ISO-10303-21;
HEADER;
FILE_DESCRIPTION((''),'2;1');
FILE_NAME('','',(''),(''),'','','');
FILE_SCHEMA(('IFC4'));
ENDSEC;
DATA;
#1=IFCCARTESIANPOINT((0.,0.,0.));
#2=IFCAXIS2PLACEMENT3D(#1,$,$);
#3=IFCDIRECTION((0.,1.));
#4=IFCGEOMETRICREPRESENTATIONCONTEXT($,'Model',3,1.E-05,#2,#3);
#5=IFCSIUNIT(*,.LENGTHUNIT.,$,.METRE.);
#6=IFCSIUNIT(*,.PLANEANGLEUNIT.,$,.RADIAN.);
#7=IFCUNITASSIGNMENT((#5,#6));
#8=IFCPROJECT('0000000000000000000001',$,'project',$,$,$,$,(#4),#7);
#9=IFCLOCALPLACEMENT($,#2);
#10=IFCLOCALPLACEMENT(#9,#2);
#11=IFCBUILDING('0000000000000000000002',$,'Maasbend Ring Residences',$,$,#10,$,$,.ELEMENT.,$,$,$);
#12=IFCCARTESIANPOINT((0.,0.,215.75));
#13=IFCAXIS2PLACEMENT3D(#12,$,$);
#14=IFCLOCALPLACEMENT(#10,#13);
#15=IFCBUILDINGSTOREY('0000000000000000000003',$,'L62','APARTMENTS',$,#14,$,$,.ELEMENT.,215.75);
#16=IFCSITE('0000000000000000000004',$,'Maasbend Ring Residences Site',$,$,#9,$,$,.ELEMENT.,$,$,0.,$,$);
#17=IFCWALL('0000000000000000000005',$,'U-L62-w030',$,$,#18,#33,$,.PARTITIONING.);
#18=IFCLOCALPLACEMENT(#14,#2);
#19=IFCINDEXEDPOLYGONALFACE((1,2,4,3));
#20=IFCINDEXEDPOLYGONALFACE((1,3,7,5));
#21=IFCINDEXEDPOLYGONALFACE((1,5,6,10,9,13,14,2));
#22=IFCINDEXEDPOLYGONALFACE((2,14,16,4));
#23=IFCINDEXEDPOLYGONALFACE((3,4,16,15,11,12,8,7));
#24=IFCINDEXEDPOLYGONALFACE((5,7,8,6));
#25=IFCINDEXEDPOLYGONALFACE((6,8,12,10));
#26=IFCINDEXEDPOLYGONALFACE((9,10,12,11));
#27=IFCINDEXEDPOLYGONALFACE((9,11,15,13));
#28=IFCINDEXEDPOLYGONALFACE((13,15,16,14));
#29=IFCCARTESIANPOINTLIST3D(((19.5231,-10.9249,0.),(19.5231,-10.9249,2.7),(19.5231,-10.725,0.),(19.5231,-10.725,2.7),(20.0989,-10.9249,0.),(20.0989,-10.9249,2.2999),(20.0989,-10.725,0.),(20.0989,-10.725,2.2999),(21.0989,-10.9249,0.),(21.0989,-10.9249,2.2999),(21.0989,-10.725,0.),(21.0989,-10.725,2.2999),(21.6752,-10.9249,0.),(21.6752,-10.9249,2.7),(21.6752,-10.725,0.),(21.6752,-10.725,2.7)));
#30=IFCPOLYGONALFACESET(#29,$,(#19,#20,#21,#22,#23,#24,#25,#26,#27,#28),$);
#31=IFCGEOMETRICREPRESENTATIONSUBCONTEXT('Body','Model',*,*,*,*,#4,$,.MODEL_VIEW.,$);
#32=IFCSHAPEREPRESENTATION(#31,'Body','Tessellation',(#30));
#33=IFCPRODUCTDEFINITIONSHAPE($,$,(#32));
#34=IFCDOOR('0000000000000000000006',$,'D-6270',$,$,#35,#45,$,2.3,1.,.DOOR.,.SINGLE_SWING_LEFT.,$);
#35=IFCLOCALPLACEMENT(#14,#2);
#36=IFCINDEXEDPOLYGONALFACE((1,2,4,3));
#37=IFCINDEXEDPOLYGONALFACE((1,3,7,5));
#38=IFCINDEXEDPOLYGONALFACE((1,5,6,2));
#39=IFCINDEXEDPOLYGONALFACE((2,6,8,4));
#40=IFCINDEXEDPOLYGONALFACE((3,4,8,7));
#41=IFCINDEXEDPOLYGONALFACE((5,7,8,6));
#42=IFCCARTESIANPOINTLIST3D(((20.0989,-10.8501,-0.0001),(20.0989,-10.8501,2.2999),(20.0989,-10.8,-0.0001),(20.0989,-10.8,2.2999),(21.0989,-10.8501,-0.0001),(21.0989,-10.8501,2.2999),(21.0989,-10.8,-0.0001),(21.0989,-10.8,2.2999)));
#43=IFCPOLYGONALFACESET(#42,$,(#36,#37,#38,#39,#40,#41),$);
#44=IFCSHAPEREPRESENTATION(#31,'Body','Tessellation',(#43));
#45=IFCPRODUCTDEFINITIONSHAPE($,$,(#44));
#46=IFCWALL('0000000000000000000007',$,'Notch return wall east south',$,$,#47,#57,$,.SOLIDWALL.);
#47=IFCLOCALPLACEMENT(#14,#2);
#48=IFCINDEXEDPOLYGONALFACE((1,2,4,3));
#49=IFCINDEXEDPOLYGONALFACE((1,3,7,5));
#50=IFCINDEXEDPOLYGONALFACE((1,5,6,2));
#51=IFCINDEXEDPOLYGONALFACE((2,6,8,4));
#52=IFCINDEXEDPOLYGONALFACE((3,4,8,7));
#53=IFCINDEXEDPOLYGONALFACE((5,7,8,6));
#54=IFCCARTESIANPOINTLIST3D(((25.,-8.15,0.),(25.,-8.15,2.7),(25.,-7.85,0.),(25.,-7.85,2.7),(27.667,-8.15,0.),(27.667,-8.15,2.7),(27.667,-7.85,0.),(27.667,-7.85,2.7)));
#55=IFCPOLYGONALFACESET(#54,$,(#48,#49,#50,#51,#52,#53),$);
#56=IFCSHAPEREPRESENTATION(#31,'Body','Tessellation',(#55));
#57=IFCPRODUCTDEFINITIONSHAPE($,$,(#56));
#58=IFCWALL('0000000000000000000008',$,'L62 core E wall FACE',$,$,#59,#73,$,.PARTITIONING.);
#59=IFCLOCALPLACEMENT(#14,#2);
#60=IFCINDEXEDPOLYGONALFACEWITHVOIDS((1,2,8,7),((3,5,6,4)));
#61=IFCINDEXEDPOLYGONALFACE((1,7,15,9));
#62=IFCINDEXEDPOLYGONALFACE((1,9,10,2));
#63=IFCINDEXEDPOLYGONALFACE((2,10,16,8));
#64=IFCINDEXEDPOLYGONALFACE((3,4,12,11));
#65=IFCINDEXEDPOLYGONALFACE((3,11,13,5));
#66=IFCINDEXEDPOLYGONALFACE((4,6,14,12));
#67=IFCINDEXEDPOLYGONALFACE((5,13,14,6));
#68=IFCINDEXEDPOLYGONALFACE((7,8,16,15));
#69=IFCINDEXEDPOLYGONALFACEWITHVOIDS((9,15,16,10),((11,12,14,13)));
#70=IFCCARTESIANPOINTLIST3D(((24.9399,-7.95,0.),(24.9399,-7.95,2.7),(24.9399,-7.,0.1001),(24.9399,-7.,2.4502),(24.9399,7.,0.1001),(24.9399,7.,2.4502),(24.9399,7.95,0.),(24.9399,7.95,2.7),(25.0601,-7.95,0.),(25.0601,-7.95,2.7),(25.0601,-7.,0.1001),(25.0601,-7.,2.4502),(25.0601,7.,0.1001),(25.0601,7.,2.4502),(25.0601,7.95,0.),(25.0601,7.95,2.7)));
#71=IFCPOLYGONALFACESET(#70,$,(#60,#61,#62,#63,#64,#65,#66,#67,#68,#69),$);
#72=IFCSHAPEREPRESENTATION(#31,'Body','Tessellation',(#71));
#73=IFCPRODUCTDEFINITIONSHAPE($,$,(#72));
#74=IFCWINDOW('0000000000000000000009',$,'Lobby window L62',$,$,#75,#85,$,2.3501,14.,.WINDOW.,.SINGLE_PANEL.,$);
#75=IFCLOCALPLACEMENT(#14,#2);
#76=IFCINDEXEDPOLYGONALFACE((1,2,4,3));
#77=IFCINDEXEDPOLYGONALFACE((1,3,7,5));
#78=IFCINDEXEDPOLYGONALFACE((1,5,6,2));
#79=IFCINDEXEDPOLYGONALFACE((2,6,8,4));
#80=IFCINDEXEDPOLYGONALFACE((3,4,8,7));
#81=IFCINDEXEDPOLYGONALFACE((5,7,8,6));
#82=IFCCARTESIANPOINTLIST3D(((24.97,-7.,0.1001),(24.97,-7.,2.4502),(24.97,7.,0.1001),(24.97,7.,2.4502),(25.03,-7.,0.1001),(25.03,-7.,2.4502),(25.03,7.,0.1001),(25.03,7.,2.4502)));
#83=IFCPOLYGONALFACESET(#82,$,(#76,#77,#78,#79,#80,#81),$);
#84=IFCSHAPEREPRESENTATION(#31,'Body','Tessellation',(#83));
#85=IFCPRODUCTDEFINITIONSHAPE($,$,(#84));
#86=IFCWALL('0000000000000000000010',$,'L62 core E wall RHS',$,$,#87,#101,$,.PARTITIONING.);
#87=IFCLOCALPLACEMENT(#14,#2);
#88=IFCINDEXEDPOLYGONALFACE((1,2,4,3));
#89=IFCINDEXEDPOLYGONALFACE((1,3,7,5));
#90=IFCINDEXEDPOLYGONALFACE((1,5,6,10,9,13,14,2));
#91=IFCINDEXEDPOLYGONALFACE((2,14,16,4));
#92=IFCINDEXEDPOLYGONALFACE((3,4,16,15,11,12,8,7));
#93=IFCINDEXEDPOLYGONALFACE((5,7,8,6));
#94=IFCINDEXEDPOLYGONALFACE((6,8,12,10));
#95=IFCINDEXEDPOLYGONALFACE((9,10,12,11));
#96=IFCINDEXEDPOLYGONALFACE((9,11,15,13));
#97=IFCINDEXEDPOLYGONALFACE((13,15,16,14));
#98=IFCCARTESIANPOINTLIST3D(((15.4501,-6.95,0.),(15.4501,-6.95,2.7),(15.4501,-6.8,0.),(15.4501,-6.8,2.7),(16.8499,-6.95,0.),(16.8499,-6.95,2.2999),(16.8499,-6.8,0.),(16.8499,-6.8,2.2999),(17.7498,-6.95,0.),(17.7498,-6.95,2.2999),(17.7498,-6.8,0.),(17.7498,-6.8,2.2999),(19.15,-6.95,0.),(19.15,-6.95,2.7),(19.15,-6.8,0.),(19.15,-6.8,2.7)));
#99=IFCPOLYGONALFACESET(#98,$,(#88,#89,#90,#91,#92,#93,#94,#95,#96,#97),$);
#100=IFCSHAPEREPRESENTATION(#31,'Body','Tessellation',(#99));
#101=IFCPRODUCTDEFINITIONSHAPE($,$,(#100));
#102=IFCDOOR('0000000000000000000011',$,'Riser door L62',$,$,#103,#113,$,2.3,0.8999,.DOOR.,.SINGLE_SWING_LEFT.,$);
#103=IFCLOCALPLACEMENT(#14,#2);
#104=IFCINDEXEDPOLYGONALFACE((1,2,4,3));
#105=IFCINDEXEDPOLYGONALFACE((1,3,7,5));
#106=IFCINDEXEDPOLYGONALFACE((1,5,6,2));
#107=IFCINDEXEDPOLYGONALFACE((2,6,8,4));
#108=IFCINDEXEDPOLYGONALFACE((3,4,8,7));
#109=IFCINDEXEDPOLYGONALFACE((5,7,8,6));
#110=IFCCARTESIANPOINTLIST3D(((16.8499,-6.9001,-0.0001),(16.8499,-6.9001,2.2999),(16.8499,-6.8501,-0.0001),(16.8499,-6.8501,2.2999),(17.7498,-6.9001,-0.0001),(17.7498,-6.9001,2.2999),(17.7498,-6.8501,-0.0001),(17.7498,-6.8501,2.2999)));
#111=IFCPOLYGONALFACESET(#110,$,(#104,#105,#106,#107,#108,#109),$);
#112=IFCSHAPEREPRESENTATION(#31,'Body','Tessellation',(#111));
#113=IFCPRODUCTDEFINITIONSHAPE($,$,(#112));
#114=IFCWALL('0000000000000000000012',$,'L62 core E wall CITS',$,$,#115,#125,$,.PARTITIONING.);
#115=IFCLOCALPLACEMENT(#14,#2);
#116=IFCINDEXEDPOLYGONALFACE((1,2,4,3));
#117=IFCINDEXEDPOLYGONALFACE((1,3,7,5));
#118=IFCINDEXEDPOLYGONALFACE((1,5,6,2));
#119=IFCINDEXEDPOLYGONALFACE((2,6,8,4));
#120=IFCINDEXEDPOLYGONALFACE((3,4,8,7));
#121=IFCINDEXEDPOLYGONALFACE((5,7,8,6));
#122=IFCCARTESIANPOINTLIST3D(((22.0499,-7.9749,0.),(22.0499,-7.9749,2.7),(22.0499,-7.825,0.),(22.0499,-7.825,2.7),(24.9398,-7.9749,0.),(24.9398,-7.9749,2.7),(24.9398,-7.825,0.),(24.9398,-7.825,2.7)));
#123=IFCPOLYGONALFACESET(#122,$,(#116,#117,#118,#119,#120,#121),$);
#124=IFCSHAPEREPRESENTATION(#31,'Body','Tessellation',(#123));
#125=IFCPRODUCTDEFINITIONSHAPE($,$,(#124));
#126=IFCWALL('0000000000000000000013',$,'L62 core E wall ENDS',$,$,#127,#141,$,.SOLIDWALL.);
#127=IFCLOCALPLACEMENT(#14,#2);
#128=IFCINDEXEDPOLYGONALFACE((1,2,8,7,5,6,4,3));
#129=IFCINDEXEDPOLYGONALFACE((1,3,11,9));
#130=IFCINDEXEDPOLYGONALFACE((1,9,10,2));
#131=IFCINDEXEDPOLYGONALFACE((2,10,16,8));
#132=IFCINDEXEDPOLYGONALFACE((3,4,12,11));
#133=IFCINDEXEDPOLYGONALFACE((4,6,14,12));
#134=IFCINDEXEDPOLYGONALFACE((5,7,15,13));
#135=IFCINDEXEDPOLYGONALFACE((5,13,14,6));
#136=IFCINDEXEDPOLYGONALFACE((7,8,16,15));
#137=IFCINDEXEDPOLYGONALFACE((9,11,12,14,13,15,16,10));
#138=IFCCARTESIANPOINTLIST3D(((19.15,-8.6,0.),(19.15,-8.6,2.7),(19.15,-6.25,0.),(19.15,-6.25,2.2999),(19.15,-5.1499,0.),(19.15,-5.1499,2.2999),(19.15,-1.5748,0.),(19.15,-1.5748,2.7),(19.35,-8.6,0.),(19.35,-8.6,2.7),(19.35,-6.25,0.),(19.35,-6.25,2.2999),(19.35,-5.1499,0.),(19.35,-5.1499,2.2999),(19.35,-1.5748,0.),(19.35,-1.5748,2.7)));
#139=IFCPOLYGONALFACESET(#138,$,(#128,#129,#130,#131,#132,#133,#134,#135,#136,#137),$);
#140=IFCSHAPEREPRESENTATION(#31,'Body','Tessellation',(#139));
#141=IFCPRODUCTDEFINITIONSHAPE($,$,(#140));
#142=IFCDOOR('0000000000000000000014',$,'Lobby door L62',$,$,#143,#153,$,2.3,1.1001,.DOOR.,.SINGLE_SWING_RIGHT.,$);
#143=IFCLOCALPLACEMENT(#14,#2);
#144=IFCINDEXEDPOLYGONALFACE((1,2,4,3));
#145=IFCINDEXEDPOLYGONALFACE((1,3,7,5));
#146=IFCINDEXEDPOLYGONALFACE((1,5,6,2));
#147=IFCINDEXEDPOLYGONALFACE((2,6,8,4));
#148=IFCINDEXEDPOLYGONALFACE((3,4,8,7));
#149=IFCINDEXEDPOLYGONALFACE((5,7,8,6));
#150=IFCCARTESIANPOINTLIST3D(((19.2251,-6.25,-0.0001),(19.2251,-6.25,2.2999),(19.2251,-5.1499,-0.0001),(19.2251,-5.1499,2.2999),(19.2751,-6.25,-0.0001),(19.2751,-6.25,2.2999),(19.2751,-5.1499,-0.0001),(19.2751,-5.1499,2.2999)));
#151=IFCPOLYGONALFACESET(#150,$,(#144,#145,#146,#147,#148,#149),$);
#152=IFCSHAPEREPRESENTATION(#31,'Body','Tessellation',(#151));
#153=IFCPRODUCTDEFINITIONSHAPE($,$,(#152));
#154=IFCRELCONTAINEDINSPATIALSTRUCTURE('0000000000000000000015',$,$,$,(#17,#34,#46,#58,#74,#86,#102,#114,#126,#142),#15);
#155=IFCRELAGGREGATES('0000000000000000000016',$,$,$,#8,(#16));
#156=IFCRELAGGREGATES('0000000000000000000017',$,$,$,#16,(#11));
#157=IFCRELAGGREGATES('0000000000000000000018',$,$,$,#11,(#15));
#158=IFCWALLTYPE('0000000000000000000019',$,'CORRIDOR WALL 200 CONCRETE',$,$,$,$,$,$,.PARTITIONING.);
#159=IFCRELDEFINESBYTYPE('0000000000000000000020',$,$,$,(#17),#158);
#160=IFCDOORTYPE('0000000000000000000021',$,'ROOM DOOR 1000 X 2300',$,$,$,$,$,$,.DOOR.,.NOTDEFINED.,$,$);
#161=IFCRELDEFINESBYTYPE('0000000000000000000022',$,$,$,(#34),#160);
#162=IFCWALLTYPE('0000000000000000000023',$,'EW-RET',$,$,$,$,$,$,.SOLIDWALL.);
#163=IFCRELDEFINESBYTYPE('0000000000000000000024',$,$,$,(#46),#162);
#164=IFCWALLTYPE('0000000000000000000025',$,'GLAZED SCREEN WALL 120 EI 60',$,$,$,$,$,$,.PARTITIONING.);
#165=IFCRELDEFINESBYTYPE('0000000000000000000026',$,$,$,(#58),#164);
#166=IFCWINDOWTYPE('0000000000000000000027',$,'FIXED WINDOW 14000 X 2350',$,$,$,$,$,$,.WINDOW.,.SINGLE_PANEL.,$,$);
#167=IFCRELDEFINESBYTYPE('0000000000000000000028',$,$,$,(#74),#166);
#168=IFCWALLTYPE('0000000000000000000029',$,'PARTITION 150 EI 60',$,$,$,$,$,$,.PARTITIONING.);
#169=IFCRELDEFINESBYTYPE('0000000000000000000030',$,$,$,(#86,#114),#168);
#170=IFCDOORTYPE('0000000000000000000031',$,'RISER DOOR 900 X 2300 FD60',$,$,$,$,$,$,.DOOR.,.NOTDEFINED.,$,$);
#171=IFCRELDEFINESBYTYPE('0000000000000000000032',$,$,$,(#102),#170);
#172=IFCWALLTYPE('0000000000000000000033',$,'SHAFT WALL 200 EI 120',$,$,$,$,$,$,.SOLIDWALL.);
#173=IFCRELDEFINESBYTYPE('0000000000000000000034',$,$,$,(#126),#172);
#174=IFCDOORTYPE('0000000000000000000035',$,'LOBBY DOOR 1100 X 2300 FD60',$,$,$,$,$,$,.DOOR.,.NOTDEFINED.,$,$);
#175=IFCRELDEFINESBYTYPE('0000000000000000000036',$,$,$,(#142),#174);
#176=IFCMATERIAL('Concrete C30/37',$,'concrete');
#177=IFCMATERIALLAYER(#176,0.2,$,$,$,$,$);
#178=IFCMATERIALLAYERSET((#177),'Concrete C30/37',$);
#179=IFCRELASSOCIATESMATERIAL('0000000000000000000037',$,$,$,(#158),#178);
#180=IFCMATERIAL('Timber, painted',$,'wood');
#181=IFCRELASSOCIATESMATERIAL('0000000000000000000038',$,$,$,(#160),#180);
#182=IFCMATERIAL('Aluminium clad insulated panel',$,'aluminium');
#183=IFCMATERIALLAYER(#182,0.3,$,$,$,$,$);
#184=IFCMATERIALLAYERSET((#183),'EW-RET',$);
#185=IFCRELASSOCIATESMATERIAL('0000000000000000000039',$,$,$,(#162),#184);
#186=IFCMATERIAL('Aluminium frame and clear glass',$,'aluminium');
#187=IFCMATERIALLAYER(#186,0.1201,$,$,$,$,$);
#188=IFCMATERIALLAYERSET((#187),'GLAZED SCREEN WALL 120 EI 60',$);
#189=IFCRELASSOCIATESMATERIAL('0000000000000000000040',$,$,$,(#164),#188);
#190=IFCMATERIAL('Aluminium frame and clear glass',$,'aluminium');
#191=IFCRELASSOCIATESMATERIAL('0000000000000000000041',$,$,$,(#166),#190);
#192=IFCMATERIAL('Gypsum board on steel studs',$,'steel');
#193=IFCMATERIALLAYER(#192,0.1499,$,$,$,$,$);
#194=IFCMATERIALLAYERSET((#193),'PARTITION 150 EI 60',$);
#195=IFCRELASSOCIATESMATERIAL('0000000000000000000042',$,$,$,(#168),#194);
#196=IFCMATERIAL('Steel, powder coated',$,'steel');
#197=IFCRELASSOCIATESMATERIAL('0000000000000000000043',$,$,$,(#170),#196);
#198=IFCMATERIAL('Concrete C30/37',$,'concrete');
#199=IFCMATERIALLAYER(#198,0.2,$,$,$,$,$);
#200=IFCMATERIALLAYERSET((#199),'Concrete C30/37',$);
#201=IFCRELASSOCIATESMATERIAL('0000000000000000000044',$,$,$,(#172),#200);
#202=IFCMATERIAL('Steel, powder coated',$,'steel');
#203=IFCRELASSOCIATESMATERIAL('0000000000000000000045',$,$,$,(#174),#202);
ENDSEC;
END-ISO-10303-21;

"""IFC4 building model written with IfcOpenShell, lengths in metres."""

from ifc_helpers import new_model, si_unit, direction, frame, frame_2d, origin, place, context, subcontext, project, spatial, rectangle, extrude, material, layer, layer_set, type_object, element, fill, save


model = new_model("IFC4")

# Units and contexts
model_context = context("Model", 3, precision=1e-05, world=origin(), true_north=direction((0.0, 1.0)))
body_context = subcontext(model_context, "Body", "Model", "MODEL_VIEW")
ifc_project = project(units=[si_unit("LENGTHUNIT", "METRE"), si_unit("PLANEANGLEUNIT", "RADIAN")], contexts=[model_context])

# Site, building, storey
site_placement = place(None, origin())
site = spatial("IfcSite", under=ifc_project, at=site_placement, Name="Maasbend Ring Residences Site", CompositionType="ELEMENT", RefElevation=0.0)
building_placement = place(site_placement, origin())
building = spatial("IfcBuilding", under=site, at=building_placement, Name="Maasbend Ring Residences", CompositionType="ELEMENT")
storey_placement = place(building_placement, frame((0.0, 0.0, 215.75)))
storey = spatial("IfcBuildingStorey", under=building, at=storey_placement, Name="L62", Description="APARTMENTS", CompositionType="ELEMENT", Elevation=215.75)

# Shared definitions
ifc_material_1 = material(Name="Concrete C30/37", Category="concrete")
ifc_layer_1 = layer(ifc_material_1, 0.2)
ifc_layer_set_1 = layer_set([ifc_layer_1], Name="Concrete C30/37")
wall_type_1 = type_object("IfcWallType", Name="CORRIDOR WALL 200 CONCRETE", PredefinedType="PARTITIONING", material=ifc_layer_set_1)

# Wall, opening, door
wall_1_placement = place(storey_placement, frame((19.5229, -10.825, 0.0), z_axis=(0.0, 0.0, 1.0), x_axis=(1.0, 0.0, 0.0)))
wall_1 = element("IfcWall", 1, at=wall_1_placement, inside=storey, type_object=wall_type_1, Name="U-L62-w030", PredefinedType="PARTITIONING", context=body_context, shape_type="SweptSolid", body=[
    extrude(rectangle(XDim=2.1521, YDim=0.2, at=frame_2d((1.0762, 0.0))), origin(), (0.0, 0.0, 1.0), 2.7),
])
opening_1_placement = place(wall_1_placement, frame((0.5759, 0.0, 0.0)))
opening_1 = element("IfcOpeningElement", 2, at=opening_1_placement, cuts=wall_1, PredefinedType="OPENING", context=body_context, shape_type="SweptSolid", body=[
    extrude(rectangle(XDim=1.0, YDim=2.3, at=frame_2d((0.5, 1.1499))), frame((0.0, 0.1099, 0.0), z_axis=(0.0, -1.0, 0.0), x_axis=(1.0, 0.0, 0.0)), (0.0, 0.0, 1.0), 0.22),
])
ifc_material_2 = material(Name="Timber, painted", Category="wood")
door_type_1 = type_object("IfcDoorType", Name="ROOM DOOR 1000 X 2300", OperationType="NOTDEFINED", PredefinedType="DOOR", material=ifc_material_2)
door_1_placement = place(opening_1_placement, origin())
door_1 = element("IfcDoor", 3, at=door_1_placement, inside=storey, type_object=door_type_1, Name="D-6270", OperationType="SINGLE_SWING_LEFT", OverallHeight=2.3, OverallWidth=1.0, PredefinedType="DOOR", context=body_context, shape_type="SweptSolid", body=[
    extrude(rectangle(XDim=1.0, YDim=2.3, at=frame_2d((0.5, 1.1499))), frame((0.0, 0.0249, 0.0), z_axis=(0.0, -1.0, 0.0), x_axis=(1.0, 0.0, 0.0)), (0.0, 0.0, 1.0), 0.05),
])
fill(opening_1, door_1)

# Wall
ifc_material_3 = material(Name="Aluminium clad insulated panel", Category="aluminium")
ifc_layer_2 = layer(ifc_material_3, 0.3)
ifc_layer_set_2 = layer_set([ifc_layer_2], Name="EW-RET")
wall_type_2 = type_object("IfcWallType", Name="EW-RET", PredefinedType="SOLIDWALL", material=ifc_layer_set_2)
wall_2_placement = place(storey_placement, frame((25.0, -8.0, 0.0), z_axis=(0.0, 0.0, 1.0), x_axis=(1.0, 0.0, 0.0)))
element("IfcWall", 4, at=wall_2_placement, inside=storey, type_object=wall_type_2, Name="Notch return wall east south", PredefinedType="SOLIDWALL", context=body_context, shape_type="SweptSolid", body=[
    extrude(rectangle(XDim=2.667, YDim=0.3, at=frame_2d((1.3335, 0.0))), origin(), (0.0, 0.0, 1.0), 2.7),
])

# Wall, opening, window
ifc_material_4 = material(Name="Aluminium frame and clear glass", Category="aluminium")
ifc_layer_3 = layer(ifc_material_4, 0.1201)
ifc_layer_set_3 = layer_set([ifc_layer_3], Name="GLAZED SCREEN WALL 120 EI 60")
wall_type_3 = type_object("IfcWallType", Name="GLAZED SCREEN WALL 120 EI 60", PredefinedType="PARTITIONING", material=ifc_layer_set_3)
wall_3_placement = place(storey_placement, frame((25.0, -7.95, 0.0), z_axis=(0.0, 0.0, 1.0), x_axis=(0.0, 1.0, 0.0)))
wall_3 = element("IfcWall", 5, at=wall_3_placement, inside=storey, type_object=wall_type_3, Name="L62 core E wall FACE", PredefinedType="PARTITIONING", context=body_context, shape_type="SweptSolid", body=[
    extrude(rectangle(XDim=15.8999, YDim=0.1201, at=frame_2d((7.95, 0.0))), origin(), (0.0, 0.0, 1.0), 2.7),
])
opening_2_placement = place(wall_3_placement, frame((0.95, 0.0, 0.1001)))
opening_2 = element("IfcOpeningElement", 6, at=opening_2_placement, cuts=wall_3, PredefinedType="OPENING", context=body_context, shape_type="SweptSolid", body=[
    extrude(rectangle(XDim=14.0, YDim=2.3501, at=frame_2d((7.0, 1.175))), frame((0.0, 0.0701, 0.0), z_axis=(0.0, -1.0, 0.0), x_axis=(1.0, 0.0, 0.0)), (0.0, 0.0, 1.0), 0.1401),
])
ifc_material_5 = material(Name="Aluminium frame and clear glass", Category="aluminium")
window_type = type_object("IfcWindowType", Name="FIXED WINDOW 14000 X 2350", PartitioningType="SINGLE_PANEL", PredefinedType="WINDOW", material=ifc_material_5)
window_placement = place(opening_2_placement, origin())
window = element("IfcWindow", 7, at=window_placement, inside=storey, type_object=window_type, Name="Lobby window L62", OverallHeight=2.3501, OverallWidth=14.0, PartitioningType="SINGLE_PANEL", PredefinedType="WINDOW", context=body_context, shape_type="SweptSolid", body=[
    extrude(rectangle(XDim=14.0, YDim=2.3501, at=frame_2d((7.0, 1.175))), frame((0.0, 0.03, 0.0), z_axis=(0.0, -1.0, 0.0), x_axis=(1.0, 0.0, 0.0)), (0.0, 0.0, 1.0), 0.0601),
])
fill(opening_2, window)

# Wall, opening, door
ifc_material_6 = material(Name="Gypsum board on steel studs", Category="steel")
ifc_layer_4 = layer(ifc_material_6, 0.1499)
ifc_layer_set_4 = layer_set([ifc_layer_4], Name="PARTITION 150 EI 60")
wall_type_4 = type_object("IfcWallType", Name="PARTITION 150 EI 60", PredefinedType="PARTITIONING", material=ifc_layer_set_4)
wall_4_placement = place(storey_placement, frame((15.45, -6.875, 0.0), z_axis=(0.0, 0.0, 1.0), x_axis=(1.0, 0.0, 0.0)))
wall_4 = element("IfcWall", 8, at=wall_4_placement, inside=storey, type_object=wall_type_4, Name="L62 core E wall RHS", PredefinedType="PARTITIONING", context=body_context, shape_type="SweptSolid", body=[
    extrude(rectangle(XDim=3.7, YDim=0.1499, at=frame_2d((1.8501, 0.0))), origin(), (0.0, 0.0, 1.0), 2.7),
])
opening_3_placement = place(wall_4_placement, frame((1.3999, 0.0, 0.0)))
opening_3 = element("IfcOpeningElement", 9, at=opening_3_placement, cuts=wall_4, PredefinedType="OPENING", context=body_context, shape_type="SweptSolid", body=[
    extrude(rectangle(XDim=0.8999, YDim=2.3, at=frame_2d((0.45, 1.1499))), frame((0.0, 0.085, 0.0), z_axis=(0.0, -1.0, 0.0), x_axis=(1.0, 0.0, 0.0)), (0.0, 0.0, 1.0), 0.1699),
])
ifc_material_7 = material(Name="Steel, powder coated", Category="steel")
door_type_2 = type_object("IfcDoorType", Name="RISER DOOR 900 X 2300 FD60", OperationType="NOTDEFINED", PredefinedType="DOOR", material=ifc_material_7)
door_2_placement = place(opening_3_placement, origin())
door_2 = element("IfcDoor", 10, at=door_2_placement, inside=storey, type_object=door_type_2, Name="Riser door L62", OperationType="SINGLE_SWING_LEFT", OverallHeight=2.3, OverallWidth=0.8999, PredefinedType="DOOR", context=body_context, shape_type="SweptSolid", body=[
    extrude(rectangle(XDim=0.8999, YDim=2.3, at=frame_2d((0.45, 1.1499))), frame((0.0, 0.0249, 0.0), z_axis=(0.0, -1.0, 0.0), x_axis=(1.0, 0.0, 0.0)), (0.0, 0.0, 1.0), 0.05),
])
fill(opening_3, door_2)

# Wall
wall_5_placement = place(storey_placement, frame((22.05, -7.8999, 0.0), z_axis=(0.0, 0.0, 1.0), x_axis=(1.0, 0.0, 0.0)))
element("IfcWall", 11, at=wall_5_placement, inside=storey, type_object=wall_type_4, Name="L62 core E wall CITS", PredefinedType="PARTITIONING", context=body_context, shape_type="SweptSolid", body=[
    extrude(rectangle(XDim=2.8899, YDim=0.1499, at=frame_2d((1.4448, 0.0))), origin(), (0.0, 0.0, 1.0), 2.7),
])

# Wall, opening, door
ifc_material_8 = material(Name="Concrete C30/37", Category="concrete")
ifc_layer_5 = layer(ifc_material_8, 0.2)
ifc_layer_set_5 = layer_set([ifc_layer_5], Name="Concrete C30/37")
wall_type_5 = type_object("IfcWallType", Name="SHAFT WALL 200 EI 120", PredefinedType="SOLIDWALL", material=ifc_layer_set_5)
wall_6_placement = place(storey_placement, frame((19.25, -8.6001, 0.0), z_axis=(0.0, 0.0, 1.0), x_axis=(0.0, 1.0, 0.0)))
wall_6 = element("IfcWall", 12, at=wall_6_placement, inside=storey, type_object=wall_type_5, Name="L62 core E wall ENDS", PredefinedType="SOLIDWALL", context=body_context, shape_type="SweptSolid", body=[
    extrude(rectangle(XDim=7.0251, YDim=0.2, at=frame_2d((3.5127, 0.0))), origin(), (0.0, 0.0, 1.0), 2.7),
])
opening_4_placement = place(wall_6_placement, frame((2.3501, 0.0, 0.0)))
opening_4 = element("IfcOpeningElement", 13, at=opening_4_placement, cuts=wall_6, PredefinedType="OPENING", context=body_context, shape_type="SweptSolid", body=[
    extrude(rectangle(XDim=1.1001, YDim=2.3, at=frame_2d((0.55, 1.1499))), frame((0.0, 0.1099, 0.0), z_axis=(0.0, -1.0, 0.0), x_axis=(1.0, 0.0, 0.0)), (0.0, 0.0, 1.0), 0.22),
])
ifc_material_9 = material(Name="Steel, powder coated", Category="steel")
door_type_3 = type_object("IfcDoorType", Name="LOBBY DOOR 1100 X 2300 FD60", OperationType="NOTDEFINED", PredefinedType="DOOR", material=ifc_material_9)
door_3_placement = place(opening_4_placement, origin())
door_3 = element("IfcDoor", 14, at=door_3_placement, inside=storey, type_object=door_type_3, Name="Lobby door L62", OperationType="SINGLE_SWING_RIGHT", OverallHeight=2.3, OverallWidth=1.1001, PredefinedType="DOOR", context=body_context, shape_type="SweptSolid", body=[
    extrude(rectangle(XDim=1.1001, YDim=2.3, at=frame_2d((0.55, 1.1499))), frame((0.0, 0.0249, 0.0), z_axis=(0.0, -1.0, 0.0), x_axis=(1.0, 0.0, 0.0)), (0.0, 0.0, 1.0), 0.05),
])
fill(opening_4, door_3)

save(model, "model.ifc")
